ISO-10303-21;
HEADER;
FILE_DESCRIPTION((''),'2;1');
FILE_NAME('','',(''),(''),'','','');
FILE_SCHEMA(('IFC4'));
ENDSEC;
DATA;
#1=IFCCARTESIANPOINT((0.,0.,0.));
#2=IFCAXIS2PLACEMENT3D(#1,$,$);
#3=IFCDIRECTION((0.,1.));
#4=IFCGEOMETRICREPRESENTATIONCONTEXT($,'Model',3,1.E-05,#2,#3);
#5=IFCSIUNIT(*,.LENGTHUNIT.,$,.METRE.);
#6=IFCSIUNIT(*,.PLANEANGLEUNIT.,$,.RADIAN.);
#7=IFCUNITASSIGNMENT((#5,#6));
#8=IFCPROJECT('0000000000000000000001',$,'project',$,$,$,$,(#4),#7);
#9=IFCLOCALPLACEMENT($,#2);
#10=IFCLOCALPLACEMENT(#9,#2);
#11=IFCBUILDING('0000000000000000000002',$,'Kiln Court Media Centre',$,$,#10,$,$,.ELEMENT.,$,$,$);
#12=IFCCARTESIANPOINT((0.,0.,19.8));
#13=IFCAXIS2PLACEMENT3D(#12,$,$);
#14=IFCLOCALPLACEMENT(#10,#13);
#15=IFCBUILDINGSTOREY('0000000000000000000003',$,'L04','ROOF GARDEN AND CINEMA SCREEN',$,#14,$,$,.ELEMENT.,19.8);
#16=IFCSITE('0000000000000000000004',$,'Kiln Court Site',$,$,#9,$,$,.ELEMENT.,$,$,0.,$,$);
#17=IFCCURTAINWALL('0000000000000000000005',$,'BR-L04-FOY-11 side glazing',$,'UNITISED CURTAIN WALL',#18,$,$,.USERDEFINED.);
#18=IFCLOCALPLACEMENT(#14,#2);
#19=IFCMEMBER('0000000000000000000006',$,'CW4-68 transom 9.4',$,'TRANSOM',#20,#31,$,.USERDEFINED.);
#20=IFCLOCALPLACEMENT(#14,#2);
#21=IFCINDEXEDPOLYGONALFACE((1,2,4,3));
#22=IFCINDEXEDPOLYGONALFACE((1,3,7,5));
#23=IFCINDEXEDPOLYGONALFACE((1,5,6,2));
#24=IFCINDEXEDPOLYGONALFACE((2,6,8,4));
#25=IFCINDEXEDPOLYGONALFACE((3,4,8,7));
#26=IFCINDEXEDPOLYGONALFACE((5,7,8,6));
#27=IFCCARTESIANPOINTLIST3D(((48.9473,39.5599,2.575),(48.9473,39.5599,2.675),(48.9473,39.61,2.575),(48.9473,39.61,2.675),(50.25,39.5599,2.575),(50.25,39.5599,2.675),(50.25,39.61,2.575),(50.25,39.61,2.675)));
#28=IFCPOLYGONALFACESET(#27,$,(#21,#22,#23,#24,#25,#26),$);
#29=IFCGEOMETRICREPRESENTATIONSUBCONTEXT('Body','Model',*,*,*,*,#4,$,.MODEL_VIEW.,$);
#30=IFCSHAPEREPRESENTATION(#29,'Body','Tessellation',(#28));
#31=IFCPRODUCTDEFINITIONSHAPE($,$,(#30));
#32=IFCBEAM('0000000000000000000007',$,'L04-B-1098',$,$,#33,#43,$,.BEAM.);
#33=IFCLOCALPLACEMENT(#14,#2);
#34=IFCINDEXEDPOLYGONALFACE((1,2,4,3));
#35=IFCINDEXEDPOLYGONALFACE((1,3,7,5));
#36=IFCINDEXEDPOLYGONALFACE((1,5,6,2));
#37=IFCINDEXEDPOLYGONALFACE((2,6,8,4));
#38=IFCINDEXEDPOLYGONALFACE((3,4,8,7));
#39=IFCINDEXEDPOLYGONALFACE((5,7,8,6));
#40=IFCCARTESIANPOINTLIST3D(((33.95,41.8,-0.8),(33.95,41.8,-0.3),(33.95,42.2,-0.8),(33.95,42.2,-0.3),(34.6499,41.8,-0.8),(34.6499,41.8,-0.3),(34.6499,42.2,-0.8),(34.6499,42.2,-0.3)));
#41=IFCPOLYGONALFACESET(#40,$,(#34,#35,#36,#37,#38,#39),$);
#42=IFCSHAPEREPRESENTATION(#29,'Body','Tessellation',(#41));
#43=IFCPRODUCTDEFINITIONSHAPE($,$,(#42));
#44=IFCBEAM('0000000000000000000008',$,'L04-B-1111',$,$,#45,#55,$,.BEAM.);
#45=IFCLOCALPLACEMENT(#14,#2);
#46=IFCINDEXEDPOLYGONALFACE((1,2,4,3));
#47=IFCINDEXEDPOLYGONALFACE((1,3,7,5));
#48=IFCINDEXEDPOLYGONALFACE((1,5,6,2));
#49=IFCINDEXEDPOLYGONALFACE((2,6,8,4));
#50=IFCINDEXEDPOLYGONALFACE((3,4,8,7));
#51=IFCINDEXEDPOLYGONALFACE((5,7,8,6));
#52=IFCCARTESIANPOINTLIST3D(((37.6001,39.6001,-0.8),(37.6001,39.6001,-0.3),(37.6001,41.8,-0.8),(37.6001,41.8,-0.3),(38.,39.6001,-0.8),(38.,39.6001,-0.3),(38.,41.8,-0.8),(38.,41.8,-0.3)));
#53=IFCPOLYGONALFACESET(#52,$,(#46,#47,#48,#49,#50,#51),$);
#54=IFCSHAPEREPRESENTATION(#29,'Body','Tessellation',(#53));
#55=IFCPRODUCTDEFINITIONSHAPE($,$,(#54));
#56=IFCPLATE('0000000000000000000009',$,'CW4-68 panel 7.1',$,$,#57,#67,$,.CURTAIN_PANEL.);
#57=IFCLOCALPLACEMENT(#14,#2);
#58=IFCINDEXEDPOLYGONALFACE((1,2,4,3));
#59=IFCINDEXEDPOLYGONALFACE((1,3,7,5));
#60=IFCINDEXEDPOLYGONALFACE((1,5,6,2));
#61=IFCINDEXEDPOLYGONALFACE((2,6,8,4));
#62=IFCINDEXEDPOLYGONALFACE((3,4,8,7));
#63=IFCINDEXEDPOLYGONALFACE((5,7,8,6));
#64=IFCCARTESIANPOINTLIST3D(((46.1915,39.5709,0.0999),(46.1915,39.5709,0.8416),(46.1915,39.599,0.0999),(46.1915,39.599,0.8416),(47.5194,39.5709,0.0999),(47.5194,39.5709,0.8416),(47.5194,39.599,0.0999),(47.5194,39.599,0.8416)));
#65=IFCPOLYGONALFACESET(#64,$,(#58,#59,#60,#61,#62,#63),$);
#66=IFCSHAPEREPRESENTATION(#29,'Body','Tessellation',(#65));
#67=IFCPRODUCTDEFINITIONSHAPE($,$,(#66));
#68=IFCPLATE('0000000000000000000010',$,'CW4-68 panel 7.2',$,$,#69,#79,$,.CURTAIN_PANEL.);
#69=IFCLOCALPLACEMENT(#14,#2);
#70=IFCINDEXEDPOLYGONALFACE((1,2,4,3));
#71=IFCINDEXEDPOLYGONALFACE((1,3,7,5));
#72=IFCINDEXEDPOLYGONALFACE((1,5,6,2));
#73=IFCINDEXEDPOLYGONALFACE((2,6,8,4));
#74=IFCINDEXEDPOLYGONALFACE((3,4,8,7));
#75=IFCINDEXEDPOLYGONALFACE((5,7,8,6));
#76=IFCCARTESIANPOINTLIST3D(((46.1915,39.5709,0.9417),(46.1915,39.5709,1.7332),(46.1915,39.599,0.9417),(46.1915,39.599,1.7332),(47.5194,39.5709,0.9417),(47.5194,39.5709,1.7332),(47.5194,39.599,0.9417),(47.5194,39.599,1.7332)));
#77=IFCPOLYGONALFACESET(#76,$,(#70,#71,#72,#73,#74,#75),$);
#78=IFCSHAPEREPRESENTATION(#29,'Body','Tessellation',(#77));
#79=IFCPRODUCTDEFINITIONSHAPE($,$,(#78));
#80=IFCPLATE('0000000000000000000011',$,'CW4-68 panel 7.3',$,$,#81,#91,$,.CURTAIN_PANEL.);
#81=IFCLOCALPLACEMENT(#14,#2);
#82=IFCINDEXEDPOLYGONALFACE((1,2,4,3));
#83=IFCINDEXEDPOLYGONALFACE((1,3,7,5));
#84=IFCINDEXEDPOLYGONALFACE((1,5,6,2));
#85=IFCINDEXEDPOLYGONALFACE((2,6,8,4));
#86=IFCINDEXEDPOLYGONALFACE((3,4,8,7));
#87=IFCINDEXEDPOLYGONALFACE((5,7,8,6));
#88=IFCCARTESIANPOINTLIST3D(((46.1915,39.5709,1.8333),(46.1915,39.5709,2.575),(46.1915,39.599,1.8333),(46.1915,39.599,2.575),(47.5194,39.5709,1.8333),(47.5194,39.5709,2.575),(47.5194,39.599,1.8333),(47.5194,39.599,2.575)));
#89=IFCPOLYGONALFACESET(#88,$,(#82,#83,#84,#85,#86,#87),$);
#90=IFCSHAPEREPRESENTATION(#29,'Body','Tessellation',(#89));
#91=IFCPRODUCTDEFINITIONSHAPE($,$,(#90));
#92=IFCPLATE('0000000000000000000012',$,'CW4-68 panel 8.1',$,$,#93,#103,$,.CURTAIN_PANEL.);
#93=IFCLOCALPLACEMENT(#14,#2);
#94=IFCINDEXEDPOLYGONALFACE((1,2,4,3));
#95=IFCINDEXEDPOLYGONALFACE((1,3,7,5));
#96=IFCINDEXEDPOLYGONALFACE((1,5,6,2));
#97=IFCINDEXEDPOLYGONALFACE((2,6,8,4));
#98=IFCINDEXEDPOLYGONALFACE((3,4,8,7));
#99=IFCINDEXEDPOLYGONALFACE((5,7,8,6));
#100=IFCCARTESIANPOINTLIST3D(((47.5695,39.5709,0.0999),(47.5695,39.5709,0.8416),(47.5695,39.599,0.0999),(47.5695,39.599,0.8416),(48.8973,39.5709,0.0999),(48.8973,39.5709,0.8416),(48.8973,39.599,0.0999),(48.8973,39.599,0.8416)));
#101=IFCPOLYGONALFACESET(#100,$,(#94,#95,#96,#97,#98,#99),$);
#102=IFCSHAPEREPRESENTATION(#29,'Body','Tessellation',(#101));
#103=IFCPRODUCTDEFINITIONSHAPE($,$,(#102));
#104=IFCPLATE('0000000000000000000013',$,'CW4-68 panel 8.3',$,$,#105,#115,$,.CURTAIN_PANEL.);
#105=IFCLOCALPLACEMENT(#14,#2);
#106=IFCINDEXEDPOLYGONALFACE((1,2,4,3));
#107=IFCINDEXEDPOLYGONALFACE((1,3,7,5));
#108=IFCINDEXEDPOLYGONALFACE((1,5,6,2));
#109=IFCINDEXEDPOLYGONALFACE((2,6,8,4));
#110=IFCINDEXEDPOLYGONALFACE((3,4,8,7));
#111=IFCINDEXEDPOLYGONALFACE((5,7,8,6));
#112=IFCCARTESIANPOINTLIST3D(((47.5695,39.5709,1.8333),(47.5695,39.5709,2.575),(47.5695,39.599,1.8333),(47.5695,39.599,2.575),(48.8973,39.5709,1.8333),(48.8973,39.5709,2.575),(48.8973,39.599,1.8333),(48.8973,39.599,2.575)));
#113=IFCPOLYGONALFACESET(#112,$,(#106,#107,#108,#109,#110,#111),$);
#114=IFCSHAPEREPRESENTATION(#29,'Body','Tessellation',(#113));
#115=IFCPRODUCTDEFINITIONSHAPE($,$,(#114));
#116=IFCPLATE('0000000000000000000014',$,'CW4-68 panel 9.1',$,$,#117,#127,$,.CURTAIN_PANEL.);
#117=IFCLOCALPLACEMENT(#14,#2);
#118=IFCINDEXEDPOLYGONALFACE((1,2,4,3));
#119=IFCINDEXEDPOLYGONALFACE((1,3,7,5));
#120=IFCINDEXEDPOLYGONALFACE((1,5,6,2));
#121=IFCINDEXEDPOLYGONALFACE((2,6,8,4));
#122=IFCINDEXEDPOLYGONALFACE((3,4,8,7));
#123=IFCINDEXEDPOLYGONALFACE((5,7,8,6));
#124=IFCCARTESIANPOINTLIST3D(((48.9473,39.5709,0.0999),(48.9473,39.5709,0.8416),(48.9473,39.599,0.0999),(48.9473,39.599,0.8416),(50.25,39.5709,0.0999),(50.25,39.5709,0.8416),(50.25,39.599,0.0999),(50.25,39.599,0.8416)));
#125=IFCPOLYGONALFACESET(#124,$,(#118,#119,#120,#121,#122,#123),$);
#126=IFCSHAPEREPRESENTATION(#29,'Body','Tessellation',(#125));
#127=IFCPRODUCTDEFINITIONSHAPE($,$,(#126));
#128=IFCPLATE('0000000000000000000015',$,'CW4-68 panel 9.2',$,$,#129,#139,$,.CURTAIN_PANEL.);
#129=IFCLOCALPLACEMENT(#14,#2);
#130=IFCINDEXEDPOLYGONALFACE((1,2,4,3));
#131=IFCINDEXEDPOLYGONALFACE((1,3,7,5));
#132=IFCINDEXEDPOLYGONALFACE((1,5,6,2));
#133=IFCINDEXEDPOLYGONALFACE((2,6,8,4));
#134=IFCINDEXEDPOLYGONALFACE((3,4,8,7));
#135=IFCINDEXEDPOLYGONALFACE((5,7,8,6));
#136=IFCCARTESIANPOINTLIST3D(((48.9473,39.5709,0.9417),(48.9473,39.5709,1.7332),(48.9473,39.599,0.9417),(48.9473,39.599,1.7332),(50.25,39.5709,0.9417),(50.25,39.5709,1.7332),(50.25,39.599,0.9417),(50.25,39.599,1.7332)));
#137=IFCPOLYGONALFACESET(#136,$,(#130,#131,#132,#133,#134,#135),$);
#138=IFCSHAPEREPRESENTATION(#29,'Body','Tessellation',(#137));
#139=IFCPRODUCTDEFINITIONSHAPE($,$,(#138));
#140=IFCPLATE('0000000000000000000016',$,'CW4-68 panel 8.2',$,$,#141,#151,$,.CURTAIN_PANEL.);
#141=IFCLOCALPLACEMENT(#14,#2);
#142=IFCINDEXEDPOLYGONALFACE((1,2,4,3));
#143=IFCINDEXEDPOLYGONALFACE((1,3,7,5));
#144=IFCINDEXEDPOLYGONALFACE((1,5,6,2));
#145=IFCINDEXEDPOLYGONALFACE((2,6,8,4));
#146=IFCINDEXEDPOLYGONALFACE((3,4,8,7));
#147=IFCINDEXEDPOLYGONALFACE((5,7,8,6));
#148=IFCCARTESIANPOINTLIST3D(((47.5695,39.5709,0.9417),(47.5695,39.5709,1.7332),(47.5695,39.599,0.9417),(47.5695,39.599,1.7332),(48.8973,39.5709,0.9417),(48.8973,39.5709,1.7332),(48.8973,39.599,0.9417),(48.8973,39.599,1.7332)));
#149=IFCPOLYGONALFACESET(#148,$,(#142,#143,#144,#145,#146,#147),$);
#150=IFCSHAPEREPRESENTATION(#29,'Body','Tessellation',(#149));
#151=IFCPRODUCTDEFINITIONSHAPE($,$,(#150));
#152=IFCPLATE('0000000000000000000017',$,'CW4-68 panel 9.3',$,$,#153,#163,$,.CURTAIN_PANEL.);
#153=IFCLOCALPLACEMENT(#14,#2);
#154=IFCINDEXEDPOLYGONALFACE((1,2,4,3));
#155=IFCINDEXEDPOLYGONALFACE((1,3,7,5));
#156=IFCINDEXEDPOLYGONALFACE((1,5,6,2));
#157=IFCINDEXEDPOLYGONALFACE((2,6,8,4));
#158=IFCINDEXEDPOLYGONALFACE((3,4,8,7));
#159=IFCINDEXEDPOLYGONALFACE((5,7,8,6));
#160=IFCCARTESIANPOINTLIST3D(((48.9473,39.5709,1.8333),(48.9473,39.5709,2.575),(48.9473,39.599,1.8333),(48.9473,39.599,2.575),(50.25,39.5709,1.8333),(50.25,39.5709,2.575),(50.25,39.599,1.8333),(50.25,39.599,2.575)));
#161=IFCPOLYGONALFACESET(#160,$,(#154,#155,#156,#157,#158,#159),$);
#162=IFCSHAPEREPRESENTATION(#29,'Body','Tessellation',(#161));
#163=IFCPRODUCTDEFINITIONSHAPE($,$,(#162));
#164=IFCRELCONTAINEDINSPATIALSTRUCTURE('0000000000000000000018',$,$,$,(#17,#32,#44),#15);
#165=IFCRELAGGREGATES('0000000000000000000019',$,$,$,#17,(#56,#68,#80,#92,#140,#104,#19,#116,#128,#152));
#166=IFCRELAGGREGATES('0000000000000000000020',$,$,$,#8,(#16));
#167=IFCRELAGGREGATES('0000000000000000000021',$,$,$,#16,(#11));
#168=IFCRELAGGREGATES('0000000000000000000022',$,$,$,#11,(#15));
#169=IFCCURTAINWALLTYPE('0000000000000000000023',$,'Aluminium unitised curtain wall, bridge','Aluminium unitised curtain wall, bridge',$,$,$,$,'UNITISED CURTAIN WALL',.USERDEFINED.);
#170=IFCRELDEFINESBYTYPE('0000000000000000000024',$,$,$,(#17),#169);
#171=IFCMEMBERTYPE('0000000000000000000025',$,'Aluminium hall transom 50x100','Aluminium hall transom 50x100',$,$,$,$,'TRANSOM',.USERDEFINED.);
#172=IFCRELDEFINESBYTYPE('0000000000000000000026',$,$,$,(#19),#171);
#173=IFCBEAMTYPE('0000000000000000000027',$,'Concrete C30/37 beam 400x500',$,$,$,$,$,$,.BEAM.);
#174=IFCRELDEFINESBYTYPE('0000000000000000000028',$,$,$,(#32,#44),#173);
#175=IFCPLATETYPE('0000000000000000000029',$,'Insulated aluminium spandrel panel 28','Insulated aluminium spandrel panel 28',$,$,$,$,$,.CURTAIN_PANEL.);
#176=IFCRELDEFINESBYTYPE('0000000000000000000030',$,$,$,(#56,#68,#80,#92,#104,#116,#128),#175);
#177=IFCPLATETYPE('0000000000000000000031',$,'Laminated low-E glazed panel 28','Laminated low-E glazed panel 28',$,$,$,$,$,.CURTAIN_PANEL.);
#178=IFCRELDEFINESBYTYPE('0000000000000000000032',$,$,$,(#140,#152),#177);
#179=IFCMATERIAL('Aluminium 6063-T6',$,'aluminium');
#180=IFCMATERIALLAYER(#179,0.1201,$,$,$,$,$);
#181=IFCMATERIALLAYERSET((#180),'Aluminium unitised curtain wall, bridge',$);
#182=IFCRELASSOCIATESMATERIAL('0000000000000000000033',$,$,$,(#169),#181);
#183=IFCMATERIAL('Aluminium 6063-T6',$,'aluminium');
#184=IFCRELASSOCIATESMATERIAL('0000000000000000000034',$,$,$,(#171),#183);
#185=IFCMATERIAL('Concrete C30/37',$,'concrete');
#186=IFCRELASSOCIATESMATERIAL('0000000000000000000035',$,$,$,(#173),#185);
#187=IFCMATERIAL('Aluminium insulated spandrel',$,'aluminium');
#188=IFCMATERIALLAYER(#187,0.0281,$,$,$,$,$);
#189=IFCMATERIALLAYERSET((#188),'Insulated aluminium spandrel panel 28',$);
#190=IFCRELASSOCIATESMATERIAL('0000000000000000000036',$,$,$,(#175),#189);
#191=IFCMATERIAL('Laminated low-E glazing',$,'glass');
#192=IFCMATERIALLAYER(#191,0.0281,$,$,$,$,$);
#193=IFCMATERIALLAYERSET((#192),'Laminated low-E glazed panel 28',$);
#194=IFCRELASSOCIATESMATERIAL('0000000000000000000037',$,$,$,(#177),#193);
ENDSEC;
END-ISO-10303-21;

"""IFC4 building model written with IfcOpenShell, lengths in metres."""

from ifc_helpers import new_model, si_unit, direction, frame, origin, origin_2d, place, context, subcontext, project, spatial, rectangle, extrude, material, layer, layer_set, material_profile, profile_set, type_object, element, aggregate, save


model = new_model("IFC4")

# Units and contexts
model_context = context("Model", 3, precision=1e-05, world=origin(), true_north=direction((0.0, 1.0)))
body_context = subcontext(model_context, "Body", "Model", "MODEL_VIEW")
ifc_project = project(units=[si_unit("LENGTHUNIT", "METRE"), si_unit("PLANEANGLEUNIT", "RADIAN")], contexts=[model_context])

# Site, building, storey
site_placement = place(None, origin())
site = spatial("IfcSite", under=ifc_project, at=site_placement, Name="Kiln Court Site", CompositionType="ELEMENT", RefElevation=0.0)
building_placement = place(site_placement, origin())
building = spatial("IfcBuilding", under=site, at=building_placement, Name="Kiln Court Media Centre", CompositionType="ELEMENT")
storey_placement = place(building_placement, frame((0.0, 0.0, 19.8)))
storey = spatial("IfcBuildingStorey", under=building, at=storey_placement, Name="L04", Description="ROOF GARDEN AND CINEMA SCREEN", CompositionType="ELEMENT", Elevation=19.8)

# Curtain wall, member
ifc_material_1 = material(Name="Aluminium 6063-T6", Category="aluminium")
ifc_layer_1 = layer(ifc_material_1, 0.1201)
ifc_layer_set_1 = layer_set([ifc_layer_1], Name="Aluminium unitised curtain wall, bridge")
curtain_wall_type = type_object("IfcCurtainWallType", Name="Aluminium unitised curtain wall, bridge", Description="Aluminium unitised curtain wall, bridge", ElementType="UNITISED CURTAIN WALL", PredefinedType="USERDEFINED", material=ifc_layer_set_1)
curtain_wall_placement = place(storey_placement, origin())
curtain_wall = element("IfcCurtainWall", 1, at=curtain_wall_placement, inside=storey, type_object=curtain_wall_type, Name="BR-L04-FOY-11 side glazing", ObjectType="UNITISED CURTAIN WALL", PredefinedType="USERDEFINED")
ifc_material_2 = material(Name="Aluminium 6063-T6", Category="aluminium")
ifc_material_profile_1 = material_profile(ifc_material_2, rectangle(XDim=0.05, YDim=0.1001, at=origin_2d()), Name="Aluminium hall transom 50x100")
ifc_profile_set_1 = profile_set([ifc_material_profile_1], Name="Aluminium 6063-T6")
member_type_1 = type_object("IfcMemberType", Name="Aluminium hall transom 50x100", Description="Aluminium hall transom 50x100", ElementType="TRANSOM", PredefinedType="USERDEFINED", material=ifc_profile_set_1)
member_1_placement = place(storey_placement, frame((48.9473, 39.585, 2.625), z_axis=(1.0, 0.0, 0.0), x_axis=(0.0, 1.0, 0.0)))
member_1 = element("IfcMember", 2, at=member_1_placement, type_object=member_type_1, Name="CW4-68 transom 9.4", ObjectType="TRANSOM", PredefinedType="USERDEFINED", context=body_context, shape_type="SweptSolid", body=[
    extrude(rectangle(XDim=0.05, YDim=0.1001, at=origin_2d()), origin(), (0.0, 0.0, 1.0), 1.3027),
])

# Beams
ifc_material_3 = material(Name="Concrete C30/37", Category="concrete")
ifc_material_profile_2 = material_profile(ifc_material_3, rectangle(XDim=0.3999, YDim=0.5, at=origin_2d()), Name="RC 400x500")
ifc_profile_set_2 = profile_set([ifc_material_profile_2], Name="Concrete C30/37")
beam_type = type_object("IfcBeamType", Name="Concrete C30/37 beam 400x500", PredefinedType="BEAM", material=ifc_profile_set_2)
beam_1_placement = place(storey_placement, frame((33.95, 42.0, -0.55), z_axis=(1.0, 0.0, 0.0), x_axis=(0.0, 1.0, 0.0)))
element("IfcBeam", 3, at=beam_1_placement, inside=storey, type_object=beam_type, Name="L04-B-1098", PredefinedType="BEAM", context=body_context, shape_type="SweptSolid", body=[
    extrude(rectangle(XDim=0.3999, YDim=0.5, at=origin_2d()), origin(), (0.0, 0.0, 1.0), 0.7),
])
beam_2_placement = place(storey_placement, frame((37.8, 41.8, -0.55), z_axis=(0.0, -1.0, 0.0), x_axis=(1.0, 0.0, 0.0)))
element("IfcBeam", 4, at=beam_2_placement, inside=storey, type_object=beam_type, Name="L04-B-1111", PredefinedType="BEAM", context=body_context, shape_type="SweptSolid", body=[
    extrude(rectangle(XDim=0.3999, YDim=0.5, at=origin_2d()), origin(), (0.0, 0.0, 1.0), 2.2),
])

# Plates
ifc_material_4 = material(Name="Aluminium insulated spandrel", Category="aluminium")
ifc_layer_2 = layer(ifc_material_4, 0.0281)
ifc_layer_set_2 = layer_set([ifc_layer_2], Name="Insulated aluminium spandrel panel 28")
plate_type_1 = type_object("IfcPlateType", Name="Insulated aluminium spandrel panel 28", Description="Insulated aluminium spandrel panel 28", PredefinedType="CURTAIN_PANEL", material=ifc_layer_set_2)
plate_1_placement = place(storey_placement, frame((46.8555, 39.585, 0.0999), z_axis=(0.0, 0.0, 1.0), x_axis=(1.0, 0.0, 0.0)))
plate_1 = element("IfcPlate", 5, at=plate_1_placement, type_object=plate_type_1, Name="CW4-68 panel 7.1", PredefinedType="CURTAIN_PANEL", context=body_context, shape_type="SweptSolid", body=[
    extrude(rectangle(XDim=1.3279, YDim=0.0281, at=origin_2d()), origin(), (0.0, 0.0, 1.0), 0.7417),
])
plate_2_placement = place(storey_placement, frame((46.8555, 39.585, 0.9417), z_axis=(0.0, 0.0, 1.0), x_axis=(1.0, 0.0, 0.0)))
plate_2 = element("IfcPlate", 6, at=plate_2_placement, type_object=plate_type_1, Name="CW4-68 panel 7.2", PredefinedType="CURTAIN_PANEL", context=body_context, shape_type="SweptSolid", body=[
    extrude(rectangle(XDim=1.3279, YDim=0.0281, at=origin_2d()), origin(), (0.0, 0.0, 1.0), 0.7915),
])
plate_3_placement = place(storey_placement, frame((46.8555, 39.585, 1.8333), z_axis=(0.0, 0.0, 1.0), x_axis=(1.0, 0.0, 0.0)))
plate_3 = element("IfcPlate", 7, at=plate_3_placement, type_object=plate_type_1, Name="CW4-68 panel 7.3", PredefinedType="CURTAIN_PANEL", context=body_context, shape_type="SweptSolid", body=[
    extrude(rectangle(XDim=1.3279, YDim=0.0281, at=origin_2d()), origin(), (0.0, 0.0, 1.0), 0.7417),
])
plate_4_placement = place(storey_placement, frame((48.2334, 39.585, 0.0999), z_axis=(0.0, 0.0, 1.0), x_axis=(1.0, 0.0, 0.0)))
plate_4 = element("IfcPlate", 8, at=plate_4_placement, type_object=plate_type_1, Name="CW4-68 panel 8.1", PredefinedType="CURTAIN_PANEL", context=body_context, shape_type="SweptSolid", body=[
    extrude(rectangle(XDim=1.3279, YDim=0.0281, at=origin_2d()), origin(), (0.0, 0.0, 1.0), 0.7417),
])
plate_5_placement = place(storey_placement, frame((48.2334, 39.585, 1.8333), z_axis=(0.0, 0.0, 1.0), x_axis=(1.0, 0.0, 0.0)))
plate_5 = element("IfcPlate", 9, at=plate_5_placement, type_object=plate_type_1, Name="CW4-68 panel 8.3", PredefinedType="CURTAIN_PANEL", context=body_context, shape_type="SweptSolid", body=[
    extrude(rectangle(XDim=1.3279, YDim=0.0281, at=origin_2d()), origin(), (0.0, 0.0, 1.0), 0.7417),
])
plate_6_placement = place(storey_placement, frame((49.5986, 39.585, 0.0999), z_axis=(0.0, 0.0, 1.0), x_axis=(1.0, 0.0, 0.0)))
plate_6 = element("IfcPlate", 10, at=plate_6_placement, type_object=plate_type_1, Name="CW4-68 panel 9.1", PredefinedType="CURTAIN_PANEL", context=body_context, shape_type="SweptSolid", body=[
    extrude(rectangle(XDim=1.3027, YDim=0.0281, at=origin_2d()), origin(), (0.0, 0.0, 1.0), 0.7417),
])
plate_7_placement = place(storey_placement, frame((49.5986, 39.585, 0.9417), z_axis=(0.0, 0.0, 1.0), x_axis=(1.0, 0.0, 0.0)))
plate_7 = element("IfcPlate", 11, at=plate_7_placement, type_object=plate_type_1, Name="CW4-68 panel 9.2", PredefinedType="CURTAIN_PANEL", context=body_context, shape_type="SweptSolid", body=[
    extrude(rectangle(XDim=1.3027, YDim=0.0281, at=origin_2d()), origin(), (0.0, 0.0, 1.0), 0.7915),
])
ifc_material_5 = material(Name="Laminated low-E glazing", Category="glass")
ifc_layer_3 = layer(ifc_material_5, 0.0281)
ifc_layer_set_3 = layer_set([ifc_layer_3], Name="Laminated low-E glazed panel 28")
plate_type_2 = type_object("IfcPlateType", Name="Laminated low-E glazed panel 28", Description="Laminated low-E glazed panel 28", PredefinedType="CURTAIN_PANEL", material=ifc_layer_set_3)
plate_8_placement = place(storey_placement, frame((48.2334, 39.585, 0.9417), z_axis=(0.0, 0.0, 1.0), x_axis=(1.0, 0.0, 0.0)))
plate_8 = element("IfcPlate", 12, at=plate_8_placement, type_object=plate_type_2, Name="CW4-68 panel 8.2", PredefinedType="CURTAIN_PANEL", context=body_context, shape_type="SweptSolid", body=[
    extrude(rectangle(XDim=1.3279, YDim=0.0281, at=origin_2d()), origin(), (0.0, 0.0, 1.0), 0.7915),
])
plate_9_placement = place(storey_placement, frame((49.5986, 39.585, 1.8333), z_axis=(0.0, 0.0, 1.0), x_axis=(1.0, 0.0, 0.0)))
plate_9 = element("IfcPlate", 13, at=plate_9_placement, type_object=plate_type_2, Name="CW4-68 panel 9.3", PredefinedType="CURTAIN_PANEL", context=body_context, shape_type="SweptSolid", body=[
    extrude(rectangle(XDim=1.3027, YDim=0.0281, at=origin_2d()), origin(), (0.0, 0.0, 1.0), 0.7417),
])
aggregate(curtain_wall, [plate_1, plate_2, plate_3, plate_4, plate_8, plate_5, member_1, plate_6, plate_7, plate_9])

save(model, "model.ifc")
